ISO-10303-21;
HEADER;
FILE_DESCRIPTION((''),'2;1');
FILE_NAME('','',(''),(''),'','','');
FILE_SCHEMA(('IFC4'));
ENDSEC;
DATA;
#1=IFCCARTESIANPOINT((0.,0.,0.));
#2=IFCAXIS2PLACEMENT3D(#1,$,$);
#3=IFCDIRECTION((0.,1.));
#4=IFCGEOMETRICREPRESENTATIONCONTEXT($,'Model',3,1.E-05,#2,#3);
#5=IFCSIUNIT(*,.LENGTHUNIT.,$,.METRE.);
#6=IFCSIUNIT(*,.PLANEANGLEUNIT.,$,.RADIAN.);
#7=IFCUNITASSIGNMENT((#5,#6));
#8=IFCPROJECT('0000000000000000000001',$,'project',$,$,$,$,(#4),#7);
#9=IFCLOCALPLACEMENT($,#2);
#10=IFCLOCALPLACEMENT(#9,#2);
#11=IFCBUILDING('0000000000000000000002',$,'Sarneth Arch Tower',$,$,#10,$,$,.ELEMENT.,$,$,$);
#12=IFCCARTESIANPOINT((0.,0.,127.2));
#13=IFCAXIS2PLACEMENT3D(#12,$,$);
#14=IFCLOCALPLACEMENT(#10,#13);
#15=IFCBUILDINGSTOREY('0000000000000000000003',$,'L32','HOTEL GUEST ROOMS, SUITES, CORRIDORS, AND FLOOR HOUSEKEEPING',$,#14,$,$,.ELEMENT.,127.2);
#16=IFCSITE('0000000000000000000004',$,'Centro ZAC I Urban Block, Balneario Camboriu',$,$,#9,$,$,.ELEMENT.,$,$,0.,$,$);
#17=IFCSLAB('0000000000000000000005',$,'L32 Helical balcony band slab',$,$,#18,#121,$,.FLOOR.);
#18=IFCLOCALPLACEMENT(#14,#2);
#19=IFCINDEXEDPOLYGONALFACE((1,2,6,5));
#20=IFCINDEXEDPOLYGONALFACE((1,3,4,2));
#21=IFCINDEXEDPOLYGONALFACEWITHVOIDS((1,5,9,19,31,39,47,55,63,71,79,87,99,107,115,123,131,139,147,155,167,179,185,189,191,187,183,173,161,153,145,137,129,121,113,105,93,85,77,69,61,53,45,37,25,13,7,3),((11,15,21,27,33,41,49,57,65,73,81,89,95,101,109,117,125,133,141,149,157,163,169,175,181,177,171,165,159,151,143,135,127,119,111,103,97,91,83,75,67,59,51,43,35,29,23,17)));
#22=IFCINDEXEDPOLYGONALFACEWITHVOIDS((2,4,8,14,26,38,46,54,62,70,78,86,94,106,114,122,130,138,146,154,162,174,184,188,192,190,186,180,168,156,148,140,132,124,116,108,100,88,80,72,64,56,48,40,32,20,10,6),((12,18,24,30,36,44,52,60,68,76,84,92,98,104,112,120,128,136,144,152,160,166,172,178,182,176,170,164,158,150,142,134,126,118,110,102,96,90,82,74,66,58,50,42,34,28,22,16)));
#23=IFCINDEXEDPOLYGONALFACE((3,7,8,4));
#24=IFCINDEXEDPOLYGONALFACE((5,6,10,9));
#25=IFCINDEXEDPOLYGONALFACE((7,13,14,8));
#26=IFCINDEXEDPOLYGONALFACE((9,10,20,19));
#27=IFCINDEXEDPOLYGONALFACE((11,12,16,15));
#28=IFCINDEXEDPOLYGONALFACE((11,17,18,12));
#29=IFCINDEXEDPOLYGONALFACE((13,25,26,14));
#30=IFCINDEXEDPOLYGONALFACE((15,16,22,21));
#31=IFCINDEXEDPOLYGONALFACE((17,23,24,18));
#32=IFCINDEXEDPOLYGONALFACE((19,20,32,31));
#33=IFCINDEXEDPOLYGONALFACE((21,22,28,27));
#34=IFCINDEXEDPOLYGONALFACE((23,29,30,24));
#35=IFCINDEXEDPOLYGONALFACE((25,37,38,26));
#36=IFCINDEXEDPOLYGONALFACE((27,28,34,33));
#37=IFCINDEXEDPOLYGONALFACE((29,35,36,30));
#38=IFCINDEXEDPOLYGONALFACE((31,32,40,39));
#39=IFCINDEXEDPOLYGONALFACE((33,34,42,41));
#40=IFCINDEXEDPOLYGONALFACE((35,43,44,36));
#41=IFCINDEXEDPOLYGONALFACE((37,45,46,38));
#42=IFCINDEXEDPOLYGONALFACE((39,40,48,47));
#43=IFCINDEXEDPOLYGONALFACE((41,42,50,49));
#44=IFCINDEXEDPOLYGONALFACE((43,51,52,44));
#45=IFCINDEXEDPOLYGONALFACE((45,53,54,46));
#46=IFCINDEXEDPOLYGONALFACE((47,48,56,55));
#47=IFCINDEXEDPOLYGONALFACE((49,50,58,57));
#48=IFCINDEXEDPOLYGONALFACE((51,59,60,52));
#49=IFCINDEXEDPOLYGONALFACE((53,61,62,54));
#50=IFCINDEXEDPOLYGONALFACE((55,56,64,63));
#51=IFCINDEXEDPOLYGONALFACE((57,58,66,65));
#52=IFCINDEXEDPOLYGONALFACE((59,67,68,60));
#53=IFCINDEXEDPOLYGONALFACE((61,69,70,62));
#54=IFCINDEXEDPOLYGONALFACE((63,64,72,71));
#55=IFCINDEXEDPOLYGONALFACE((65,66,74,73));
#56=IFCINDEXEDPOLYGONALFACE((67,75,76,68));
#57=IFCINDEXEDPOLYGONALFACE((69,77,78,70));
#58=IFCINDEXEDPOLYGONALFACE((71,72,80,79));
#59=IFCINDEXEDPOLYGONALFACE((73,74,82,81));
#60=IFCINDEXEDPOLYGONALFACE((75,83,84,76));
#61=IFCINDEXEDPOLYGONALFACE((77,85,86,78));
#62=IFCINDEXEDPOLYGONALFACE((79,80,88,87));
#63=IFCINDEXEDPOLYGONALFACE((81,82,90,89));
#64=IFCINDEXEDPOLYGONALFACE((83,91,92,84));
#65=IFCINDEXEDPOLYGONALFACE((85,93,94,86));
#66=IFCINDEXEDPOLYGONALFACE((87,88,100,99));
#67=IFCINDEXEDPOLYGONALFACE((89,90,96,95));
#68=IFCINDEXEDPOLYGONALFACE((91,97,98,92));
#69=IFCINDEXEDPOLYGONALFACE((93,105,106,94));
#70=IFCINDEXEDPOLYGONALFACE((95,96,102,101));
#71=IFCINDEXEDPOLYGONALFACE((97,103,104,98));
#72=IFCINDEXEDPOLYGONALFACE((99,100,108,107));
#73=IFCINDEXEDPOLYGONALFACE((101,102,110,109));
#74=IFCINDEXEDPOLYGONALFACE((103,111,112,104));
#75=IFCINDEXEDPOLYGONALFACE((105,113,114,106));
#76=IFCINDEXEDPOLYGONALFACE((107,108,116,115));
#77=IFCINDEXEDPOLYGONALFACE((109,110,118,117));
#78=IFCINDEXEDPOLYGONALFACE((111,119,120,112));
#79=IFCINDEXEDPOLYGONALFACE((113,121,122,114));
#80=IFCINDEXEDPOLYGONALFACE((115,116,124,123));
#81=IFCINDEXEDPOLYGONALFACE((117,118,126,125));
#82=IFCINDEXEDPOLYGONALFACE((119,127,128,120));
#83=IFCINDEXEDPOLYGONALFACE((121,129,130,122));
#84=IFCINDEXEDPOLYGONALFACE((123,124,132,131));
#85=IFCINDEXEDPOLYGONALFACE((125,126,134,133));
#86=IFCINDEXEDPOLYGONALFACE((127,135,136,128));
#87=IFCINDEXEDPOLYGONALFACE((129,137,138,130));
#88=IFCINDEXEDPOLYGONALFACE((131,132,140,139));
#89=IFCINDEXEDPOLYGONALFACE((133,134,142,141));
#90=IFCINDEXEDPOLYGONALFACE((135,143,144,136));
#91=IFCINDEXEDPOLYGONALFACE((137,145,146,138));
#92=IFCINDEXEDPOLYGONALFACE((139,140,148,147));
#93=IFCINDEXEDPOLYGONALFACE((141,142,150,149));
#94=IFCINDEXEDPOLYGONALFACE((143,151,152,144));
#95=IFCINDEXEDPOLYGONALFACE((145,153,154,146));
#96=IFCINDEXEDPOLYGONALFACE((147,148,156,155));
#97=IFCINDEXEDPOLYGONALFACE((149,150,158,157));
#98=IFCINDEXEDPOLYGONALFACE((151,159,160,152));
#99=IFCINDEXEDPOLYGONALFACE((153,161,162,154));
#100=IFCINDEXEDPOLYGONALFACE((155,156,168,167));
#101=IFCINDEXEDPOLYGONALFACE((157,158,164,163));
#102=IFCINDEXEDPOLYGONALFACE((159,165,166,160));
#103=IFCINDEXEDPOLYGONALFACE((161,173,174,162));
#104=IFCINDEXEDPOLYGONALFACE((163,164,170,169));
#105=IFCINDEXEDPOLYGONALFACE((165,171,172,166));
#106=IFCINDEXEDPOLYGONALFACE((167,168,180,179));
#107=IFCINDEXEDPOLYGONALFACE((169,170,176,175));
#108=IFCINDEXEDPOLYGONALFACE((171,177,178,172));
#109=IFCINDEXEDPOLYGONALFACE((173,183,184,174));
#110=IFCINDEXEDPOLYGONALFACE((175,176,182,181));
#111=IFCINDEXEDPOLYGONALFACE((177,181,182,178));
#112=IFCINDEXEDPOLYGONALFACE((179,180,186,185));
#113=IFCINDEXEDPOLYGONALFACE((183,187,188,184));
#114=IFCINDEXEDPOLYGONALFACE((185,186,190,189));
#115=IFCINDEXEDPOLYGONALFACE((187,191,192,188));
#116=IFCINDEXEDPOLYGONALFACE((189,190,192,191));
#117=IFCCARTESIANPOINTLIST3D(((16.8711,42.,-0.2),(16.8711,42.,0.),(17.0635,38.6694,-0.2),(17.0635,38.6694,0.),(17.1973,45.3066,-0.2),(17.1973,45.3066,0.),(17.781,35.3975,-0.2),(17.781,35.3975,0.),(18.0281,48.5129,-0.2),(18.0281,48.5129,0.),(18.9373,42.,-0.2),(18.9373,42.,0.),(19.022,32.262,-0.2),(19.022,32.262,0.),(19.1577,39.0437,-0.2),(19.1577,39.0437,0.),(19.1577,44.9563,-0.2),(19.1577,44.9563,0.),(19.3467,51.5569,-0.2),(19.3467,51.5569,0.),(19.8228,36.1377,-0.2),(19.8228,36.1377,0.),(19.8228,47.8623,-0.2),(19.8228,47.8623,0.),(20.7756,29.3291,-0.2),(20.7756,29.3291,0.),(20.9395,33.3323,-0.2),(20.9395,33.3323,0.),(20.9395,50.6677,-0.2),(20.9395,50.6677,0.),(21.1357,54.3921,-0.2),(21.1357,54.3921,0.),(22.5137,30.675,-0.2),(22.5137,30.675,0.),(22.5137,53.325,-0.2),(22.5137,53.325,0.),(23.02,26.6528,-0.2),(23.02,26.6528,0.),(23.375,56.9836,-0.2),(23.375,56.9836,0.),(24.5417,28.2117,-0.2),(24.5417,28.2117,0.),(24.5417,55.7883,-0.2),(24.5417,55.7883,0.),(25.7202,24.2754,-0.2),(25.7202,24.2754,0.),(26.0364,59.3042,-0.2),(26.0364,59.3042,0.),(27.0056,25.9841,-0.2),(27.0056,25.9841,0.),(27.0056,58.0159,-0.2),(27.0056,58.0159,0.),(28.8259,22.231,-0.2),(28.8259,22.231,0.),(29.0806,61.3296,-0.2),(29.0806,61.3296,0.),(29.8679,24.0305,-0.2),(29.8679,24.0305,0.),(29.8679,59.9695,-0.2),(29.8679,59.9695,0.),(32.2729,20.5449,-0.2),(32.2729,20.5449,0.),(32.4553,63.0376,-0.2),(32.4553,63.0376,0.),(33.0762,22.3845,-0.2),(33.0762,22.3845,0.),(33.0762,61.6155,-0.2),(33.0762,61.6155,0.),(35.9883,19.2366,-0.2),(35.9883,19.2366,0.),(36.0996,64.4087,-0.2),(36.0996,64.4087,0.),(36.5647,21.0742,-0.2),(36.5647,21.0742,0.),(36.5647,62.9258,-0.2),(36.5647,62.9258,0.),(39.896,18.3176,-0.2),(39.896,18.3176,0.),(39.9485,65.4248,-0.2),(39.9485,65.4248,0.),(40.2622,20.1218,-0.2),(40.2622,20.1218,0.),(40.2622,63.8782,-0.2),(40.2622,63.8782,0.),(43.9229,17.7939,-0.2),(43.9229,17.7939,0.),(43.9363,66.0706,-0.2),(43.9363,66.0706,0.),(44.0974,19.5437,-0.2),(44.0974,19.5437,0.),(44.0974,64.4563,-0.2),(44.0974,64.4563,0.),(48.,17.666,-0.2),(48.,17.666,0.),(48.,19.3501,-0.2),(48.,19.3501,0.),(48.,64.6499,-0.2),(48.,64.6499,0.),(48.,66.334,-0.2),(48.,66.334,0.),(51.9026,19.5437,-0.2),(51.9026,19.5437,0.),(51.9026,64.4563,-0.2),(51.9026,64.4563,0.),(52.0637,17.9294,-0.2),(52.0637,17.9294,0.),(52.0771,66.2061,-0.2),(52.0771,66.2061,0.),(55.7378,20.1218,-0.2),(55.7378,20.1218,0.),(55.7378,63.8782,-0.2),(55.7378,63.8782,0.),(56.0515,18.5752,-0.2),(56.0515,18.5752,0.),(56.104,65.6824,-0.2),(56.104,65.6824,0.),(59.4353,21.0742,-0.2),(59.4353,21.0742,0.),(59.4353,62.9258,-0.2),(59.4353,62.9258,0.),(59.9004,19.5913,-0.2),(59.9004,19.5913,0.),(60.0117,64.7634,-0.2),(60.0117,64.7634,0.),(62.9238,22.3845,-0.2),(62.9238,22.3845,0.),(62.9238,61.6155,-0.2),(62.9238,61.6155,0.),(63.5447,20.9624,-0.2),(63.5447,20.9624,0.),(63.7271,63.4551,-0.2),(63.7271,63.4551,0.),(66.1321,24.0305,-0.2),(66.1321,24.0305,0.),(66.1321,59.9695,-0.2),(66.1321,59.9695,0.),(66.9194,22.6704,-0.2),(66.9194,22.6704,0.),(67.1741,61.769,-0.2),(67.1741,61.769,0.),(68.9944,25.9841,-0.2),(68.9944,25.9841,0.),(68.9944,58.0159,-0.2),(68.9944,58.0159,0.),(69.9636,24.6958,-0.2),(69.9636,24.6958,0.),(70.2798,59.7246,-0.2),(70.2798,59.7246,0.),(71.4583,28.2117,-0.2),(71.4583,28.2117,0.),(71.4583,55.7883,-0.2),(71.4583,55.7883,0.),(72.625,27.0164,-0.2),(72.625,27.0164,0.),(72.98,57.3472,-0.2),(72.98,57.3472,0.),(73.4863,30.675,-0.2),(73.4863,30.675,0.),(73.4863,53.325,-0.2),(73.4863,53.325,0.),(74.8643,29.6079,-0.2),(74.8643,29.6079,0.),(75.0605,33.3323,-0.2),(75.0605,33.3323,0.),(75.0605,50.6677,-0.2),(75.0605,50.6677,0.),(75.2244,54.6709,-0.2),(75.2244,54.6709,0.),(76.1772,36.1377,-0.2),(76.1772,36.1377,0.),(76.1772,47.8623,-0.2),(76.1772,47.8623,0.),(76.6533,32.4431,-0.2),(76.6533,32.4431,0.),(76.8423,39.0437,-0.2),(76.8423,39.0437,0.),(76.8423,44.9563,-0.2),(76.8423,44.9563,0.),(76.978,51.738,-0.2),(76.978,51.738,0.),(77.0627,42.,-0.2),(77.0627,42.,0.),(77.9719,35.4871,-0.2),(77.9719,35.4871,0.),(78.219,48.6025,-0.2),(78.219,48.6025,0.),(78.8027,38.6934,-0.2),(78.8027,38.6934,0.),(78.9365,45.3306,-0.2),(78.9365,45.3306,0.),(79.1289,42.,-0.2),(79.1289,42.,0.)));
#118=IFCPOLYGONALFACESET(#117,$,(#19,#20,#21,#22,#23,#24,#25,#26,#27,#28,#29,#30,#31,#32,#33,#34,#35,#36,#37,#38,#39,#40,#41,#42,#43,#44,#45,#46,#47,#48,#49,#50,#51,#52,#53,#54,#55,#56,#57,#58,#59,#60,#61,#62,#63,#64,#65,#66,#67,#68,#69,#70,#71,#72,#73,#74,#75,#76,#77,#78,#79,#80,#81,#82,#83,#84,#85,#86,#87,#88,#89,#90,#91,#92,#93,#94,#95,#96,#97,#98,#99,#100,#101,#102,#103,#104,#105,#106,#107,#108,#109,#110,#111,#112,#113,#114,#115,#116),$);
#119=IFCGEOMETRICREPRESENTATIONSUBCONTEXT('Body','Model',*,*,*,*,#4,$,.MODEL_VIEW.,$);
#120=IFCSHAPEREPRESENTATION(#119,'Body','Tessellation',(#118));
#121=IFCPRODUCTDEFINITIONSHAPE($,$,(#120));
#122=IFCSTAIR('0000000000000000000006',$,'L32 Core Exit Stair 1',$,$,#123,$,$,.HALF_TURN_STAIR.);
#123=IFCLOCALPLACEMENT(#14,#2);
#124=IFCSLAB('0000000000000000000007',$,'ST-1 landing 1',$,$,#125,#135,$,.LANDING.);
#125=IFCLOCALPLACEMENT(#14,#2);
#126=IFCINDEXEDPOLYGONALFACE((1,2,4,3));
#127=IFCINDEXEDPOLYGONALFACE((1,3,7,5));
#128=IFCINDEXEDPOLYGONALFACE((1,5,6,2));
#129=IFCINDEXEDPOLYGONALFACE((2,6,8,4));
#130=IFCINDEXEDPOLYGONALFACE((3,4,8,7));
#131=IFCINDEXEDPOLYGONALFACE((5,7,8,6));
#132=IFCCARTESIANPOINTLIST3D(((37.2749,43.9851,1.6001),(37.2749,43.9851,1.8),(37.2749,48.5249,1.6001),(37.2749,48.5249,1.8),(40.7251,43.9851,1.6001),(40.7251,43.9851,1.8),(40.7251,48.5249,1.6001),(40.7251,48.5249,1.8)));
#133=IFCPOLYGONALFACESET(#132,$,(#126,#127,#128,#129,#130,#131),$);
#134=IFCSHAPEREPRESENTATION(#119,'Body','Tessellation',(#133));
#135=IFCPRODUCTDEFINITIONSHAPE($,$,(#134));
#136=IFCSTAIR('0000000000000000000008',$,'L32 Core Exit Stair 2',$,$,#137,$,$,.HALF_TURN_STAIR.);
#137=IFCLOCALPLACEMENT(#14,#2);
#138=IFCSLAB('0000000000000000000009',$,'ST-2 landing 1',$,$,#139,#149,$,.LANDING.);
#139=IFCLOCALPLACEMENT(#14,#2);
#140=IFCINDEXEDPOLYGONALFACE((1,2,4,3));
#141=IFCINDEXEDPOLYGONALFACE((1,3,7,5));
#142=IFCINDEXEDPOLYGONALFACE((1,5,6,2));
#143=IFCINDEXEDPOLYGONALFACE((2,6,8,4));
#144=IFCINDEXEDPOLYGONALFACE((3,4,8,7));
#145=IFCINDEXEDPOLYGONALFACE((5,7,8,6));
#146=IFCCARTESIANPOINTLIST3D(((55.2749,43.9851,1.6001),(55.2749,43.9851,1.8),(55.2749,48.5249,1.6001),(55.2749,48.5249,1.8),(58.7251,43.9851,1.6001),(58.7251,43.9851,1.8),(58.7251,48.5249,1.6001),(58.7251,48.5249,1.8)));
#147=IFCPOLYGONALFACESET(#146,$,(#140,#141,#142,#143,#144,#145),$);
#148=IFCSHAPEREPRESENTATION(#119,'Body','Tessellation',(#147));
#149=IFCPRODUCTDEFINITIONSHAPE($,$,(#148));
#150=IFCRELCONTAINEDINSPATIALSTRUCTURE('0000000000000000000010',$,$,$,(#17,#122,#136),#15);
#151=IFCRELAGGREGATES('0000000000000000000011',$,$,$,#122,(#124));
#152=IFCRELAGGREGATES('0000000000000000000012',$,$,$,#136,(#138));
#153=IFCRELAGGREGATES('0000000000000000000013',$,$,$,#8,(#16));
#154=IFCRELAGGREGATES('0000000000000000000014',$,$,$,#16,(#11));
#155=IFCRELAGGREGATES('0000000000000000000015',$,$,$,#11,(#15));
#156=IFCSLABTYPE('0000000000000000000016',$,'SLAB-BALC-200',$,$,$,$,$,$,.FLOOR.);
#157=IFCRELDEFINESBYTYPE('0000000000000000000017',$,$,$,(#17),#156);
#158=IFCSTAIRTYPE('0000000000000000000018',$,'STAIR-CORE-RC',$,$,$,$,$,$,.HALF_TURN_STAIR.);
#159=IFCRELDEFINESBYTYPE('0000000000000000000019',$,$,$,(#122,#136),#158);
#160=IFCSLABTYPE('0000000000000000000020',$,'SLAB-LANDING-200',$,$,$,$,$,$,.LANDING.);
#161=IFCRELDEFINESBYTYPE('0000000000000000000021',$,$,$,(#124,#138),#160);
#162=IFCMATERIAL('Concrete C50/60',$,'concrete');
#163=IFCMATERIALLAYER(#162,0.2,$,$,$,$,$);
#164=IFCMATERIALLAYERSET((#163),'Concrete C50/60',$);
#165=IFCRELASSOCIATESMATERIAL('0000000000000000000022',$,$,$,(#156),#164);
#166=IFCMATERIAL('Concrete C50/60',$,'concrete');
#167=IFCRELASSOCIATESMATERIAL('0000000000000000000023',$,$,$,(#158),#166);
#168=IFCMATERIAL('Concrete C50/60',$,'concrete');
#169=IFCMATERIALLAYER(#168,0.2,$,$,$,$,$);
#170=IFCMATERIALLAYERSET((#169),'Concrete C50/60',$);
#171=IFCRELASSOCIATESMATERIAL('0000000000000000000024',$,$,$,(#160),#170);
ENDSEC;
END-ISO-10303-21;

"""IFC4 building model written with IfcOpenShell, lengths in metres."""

from ifc_helpers import new_model, si_unit, direction, frame, origin, place, context, subcontext, project, spatial, polyline, outline, extrude, material, layer, layer_set, type_object, element, aggregate, save


model = new_model("IFC4")

# Units and contexts
model_context = context("Model", 3, precision=1e-05, world=origin(), true_north=direction((0.0, 1.0)))
body_context = subcontext(model_context, "Body", "Model", "MODEL_VIEW")
ifc_project = project(units=[si_unit("LENGTHUNIT", "METRE"), si_unit("PLANEANGLEUNIT", "RADIAN")], contexts=[model_context])

# Site, building, storey
site_placement = place(None, origin())
site = spatial("IfcSite", under=ifc_project, at=site_placement, Name="Centro ZAC I Urban Block, Balneario Camboriu", CompositionType="ELEMENT", RefElevation=0.0)
building_placement = place(site_placement, origin())
building = spatial("IfcBuilding", under=site, at=building_placement, Name="Sarneth Arch Tower", CompositionType="ELEMENT")
storey_placement = place(building_placement, frame((0.0, 0.0, 127.2)))
storey = spatial("IfcBuildingStorey", under=building, at=storey_placement, Name="L32", Description="HOTEL GUEST ROOMS, SUITES, CORRIDORS, AND FLOOR HOUSEKEEPING", CompositionType="ELEMENT", Elevation=127.2)

# Slab
ifc_material_1 = material(Name="Concrete C50/60", Category="concrete")
ifc_layer_1 = layer(ifc_material_1, 0.2)
ifc_layer_set_1 = layer_set([ifc_layer_1], Name="Concrete C50/60")
slab_type_1 = type_object("IfcSlabType", Name="SLAB-BALC-200", PredefinedType="FLOOR", material=ifc_layer_set_1)
slab_1_placement = place(storey_placement, frame((0.0, 0.0, -0.2)))
element("IfcSlab", 1, at=slab_1_placement, inside=storey, type_object=slab_type_1, Name="L32 Helical balcony band slab", PredefinedType="FLOOR", context=body_context, shape_type="SweptSolid", body=[
    extrude(outline(polyline([(79.1289, 42.0), (78.9365, 45.3306), (78.219, 48.6025), (76.978, 51.738), (75.2244, 54.6709), (72.98, 57.3472), (70.2798, 59.7246), (67.1741, 61.769), (63.7271, 63.4551), (60.0117, 64.7634), (56.104, 65.6824), (52.0771, 66.2061), (48.0, 66.334), (43.9363, 66.0706), (39.9485, 65.4248), (36.0996, 64.4087), (32.4553, 63.0376), (29.0806, 61.3296), (26.0364, 59.3042), (23.375, 56.9836), (21.1357, 54.3921), (19.3467, 51.5569), (18.0281, 48.5129), (17.1973, 45.3066), (16.8711, 42.0), (17.0635, 38.6694), (17.781, 35.3975), (19.022, 32.262), (20.7756, 29.3291), (23.02, 26.6528), (25.7202, 24.2754), (28.8259, 22.231), (32.2729, 20.5449), (35.9883, 19.2366), (39.896, 18.3176), (43.9229, 17.7939), (48.0, 17.666), (52.0637, 17.9294), (56.0515, 18.5752), (59.9004, 19.5913), (63.5447, 20.9624), (66.9194, 22.6704), (69.9636, 24.6958), (72.625, 27.0164), (74.8643, 29.6079), (76.6533, 32.4431), (77.9719, 35.4871), (78.8027, 38.6934), (79.1289, 42.0)]), holes=[polyline([(77.0627, 42.0), (76.8423, 44.9563), (76.1772, 47.8623), (75.0605, 50.6677), (73.4863, 53.325), (71.4583, 55.7883), (68.9944, 58.0159), (66.1321, 59.9695), (62.9238, 61.6155), (59.4353, 62.9258), (55.7378, 63.8782), (51.9026, 64.4563), (48.0, 64.6499), (44.0974, 64.4563), (40.2622, 63.8782), (36.5647, 62.9258), (33.0762, 61.6155), (29.8679, 59.9695), (27.0056, 58.0159), (24.5417, 55.7883), (22.5137, 53.325), (20.9395, 50.6677), (19.8228, 47.8623), (19.1577, 44.9563), (18.9373, 42.0), (19.1577, 39.0437), (19.8228, 36.1377), (20.9395, 33.3323), (22.5137, 30.675), (24.5417, 28.2117), (27.0056, 25.9841), (29.8679, 24.0305), (33.0762, 22.3845), (36.5647, 21.0742), (40.2622, 20.1218), (44.0974, 19.5437), (48.0, 19.3501), (51.9026, 19.5437), (55.7378, 20.1218), (59.4353, 21.0742), (62.9238, 22.3845), (66.1321, 24.0305), (68.9944, 25.9841), (71.4583, 28.2117), (73.4863, 30.675), (75.0605, 33.3323), (76.1772, 36.1377), (76.8423, 39.0437), (77.0627, 42.0)])]), origin(), (0.0, 0.0, 1.0), 0.2),
])

# Stairs, slabs
ifc_material_2 = material(Name="Concrete C50/60", Category="concrete")
stair_type = type_object("IfcStairType", Name="STAIR-CORE-RC", PredefinedType="HALF_TURN_STAIR", material=ifc_material_2)
stair_1_placement = place(storey_placement, origin())
stair_1 = element("IfcStair", 2, at=stair_1_placement, inside=storey, type_object=stair_type, Name="L32 Core Exit Stair 1", PredefinedType="HALF_TURN_STAIR")
ifc_material_3 = material(Name="Concrete C50/60", Category="concrete")
ifc_layer_2 = layer(ifc_material_3, 0.2)
ifc_layer_set_2 = layer_set([ifc_layer_2], Name="Concrete C50/60")
slab_type_2 = type_object("IfcSlabType", Name="SLAB-LANDING-200", PredefinedType="LANDING", material=ifc_layer_set_2)
slab_2_placement = place(storey_placement, frame((0.0, 0.0, 1.6001)))
slab_2 = element("IfcSlab", 3, at=slab_2_placement, type_object=slab_type_2, Name="ST-1 landing 1", PredefinedType="LANDING", context=body_context, shape_type="SweptSolid", body=[
    extrude(outline(polyline([(37.2749, 43.9851), (40.7251, 43.9851), (40.7251, 48.5249), (37.2749, 48.5249), (37.2749, 43.9851)])), origin(), (0.0, 0.0, 1.0), 0.2),
])
aggregate(stair_1, [slab_2])
stair_2_placement = place(storey_placement, origin())
stair_2 = element("IfcStair", 4, at=stair_2_placement, inside=storey, type_object=stair_type, Name="L32 Core Exit Stair 2", PredefinedType="HALF_TURN_STAIR")
slab_3_placement = place(storey_placement, frame((0.0, 0.0, 1.6001)))
slab_3 = element("IfcSlab", 5, at=slab_3_placement, type_object=slab_type_2, Name="ST-2 landing 1", PredefinedType="LANDING", context=body_context, shape_type="SweptSolid", body=[
    extrude(outline(polyline([(55.2749, 43.9851), (58.7251, 43.9851), (58.7251, 48.5249), (55.2749, 48.5249), (55.2749, 43.9851)])), origin(), (0.0, 0.0, 1.0), 0.2),
])
aggregate(stair_2, [slab_3])

save(model, "model.ifc")
